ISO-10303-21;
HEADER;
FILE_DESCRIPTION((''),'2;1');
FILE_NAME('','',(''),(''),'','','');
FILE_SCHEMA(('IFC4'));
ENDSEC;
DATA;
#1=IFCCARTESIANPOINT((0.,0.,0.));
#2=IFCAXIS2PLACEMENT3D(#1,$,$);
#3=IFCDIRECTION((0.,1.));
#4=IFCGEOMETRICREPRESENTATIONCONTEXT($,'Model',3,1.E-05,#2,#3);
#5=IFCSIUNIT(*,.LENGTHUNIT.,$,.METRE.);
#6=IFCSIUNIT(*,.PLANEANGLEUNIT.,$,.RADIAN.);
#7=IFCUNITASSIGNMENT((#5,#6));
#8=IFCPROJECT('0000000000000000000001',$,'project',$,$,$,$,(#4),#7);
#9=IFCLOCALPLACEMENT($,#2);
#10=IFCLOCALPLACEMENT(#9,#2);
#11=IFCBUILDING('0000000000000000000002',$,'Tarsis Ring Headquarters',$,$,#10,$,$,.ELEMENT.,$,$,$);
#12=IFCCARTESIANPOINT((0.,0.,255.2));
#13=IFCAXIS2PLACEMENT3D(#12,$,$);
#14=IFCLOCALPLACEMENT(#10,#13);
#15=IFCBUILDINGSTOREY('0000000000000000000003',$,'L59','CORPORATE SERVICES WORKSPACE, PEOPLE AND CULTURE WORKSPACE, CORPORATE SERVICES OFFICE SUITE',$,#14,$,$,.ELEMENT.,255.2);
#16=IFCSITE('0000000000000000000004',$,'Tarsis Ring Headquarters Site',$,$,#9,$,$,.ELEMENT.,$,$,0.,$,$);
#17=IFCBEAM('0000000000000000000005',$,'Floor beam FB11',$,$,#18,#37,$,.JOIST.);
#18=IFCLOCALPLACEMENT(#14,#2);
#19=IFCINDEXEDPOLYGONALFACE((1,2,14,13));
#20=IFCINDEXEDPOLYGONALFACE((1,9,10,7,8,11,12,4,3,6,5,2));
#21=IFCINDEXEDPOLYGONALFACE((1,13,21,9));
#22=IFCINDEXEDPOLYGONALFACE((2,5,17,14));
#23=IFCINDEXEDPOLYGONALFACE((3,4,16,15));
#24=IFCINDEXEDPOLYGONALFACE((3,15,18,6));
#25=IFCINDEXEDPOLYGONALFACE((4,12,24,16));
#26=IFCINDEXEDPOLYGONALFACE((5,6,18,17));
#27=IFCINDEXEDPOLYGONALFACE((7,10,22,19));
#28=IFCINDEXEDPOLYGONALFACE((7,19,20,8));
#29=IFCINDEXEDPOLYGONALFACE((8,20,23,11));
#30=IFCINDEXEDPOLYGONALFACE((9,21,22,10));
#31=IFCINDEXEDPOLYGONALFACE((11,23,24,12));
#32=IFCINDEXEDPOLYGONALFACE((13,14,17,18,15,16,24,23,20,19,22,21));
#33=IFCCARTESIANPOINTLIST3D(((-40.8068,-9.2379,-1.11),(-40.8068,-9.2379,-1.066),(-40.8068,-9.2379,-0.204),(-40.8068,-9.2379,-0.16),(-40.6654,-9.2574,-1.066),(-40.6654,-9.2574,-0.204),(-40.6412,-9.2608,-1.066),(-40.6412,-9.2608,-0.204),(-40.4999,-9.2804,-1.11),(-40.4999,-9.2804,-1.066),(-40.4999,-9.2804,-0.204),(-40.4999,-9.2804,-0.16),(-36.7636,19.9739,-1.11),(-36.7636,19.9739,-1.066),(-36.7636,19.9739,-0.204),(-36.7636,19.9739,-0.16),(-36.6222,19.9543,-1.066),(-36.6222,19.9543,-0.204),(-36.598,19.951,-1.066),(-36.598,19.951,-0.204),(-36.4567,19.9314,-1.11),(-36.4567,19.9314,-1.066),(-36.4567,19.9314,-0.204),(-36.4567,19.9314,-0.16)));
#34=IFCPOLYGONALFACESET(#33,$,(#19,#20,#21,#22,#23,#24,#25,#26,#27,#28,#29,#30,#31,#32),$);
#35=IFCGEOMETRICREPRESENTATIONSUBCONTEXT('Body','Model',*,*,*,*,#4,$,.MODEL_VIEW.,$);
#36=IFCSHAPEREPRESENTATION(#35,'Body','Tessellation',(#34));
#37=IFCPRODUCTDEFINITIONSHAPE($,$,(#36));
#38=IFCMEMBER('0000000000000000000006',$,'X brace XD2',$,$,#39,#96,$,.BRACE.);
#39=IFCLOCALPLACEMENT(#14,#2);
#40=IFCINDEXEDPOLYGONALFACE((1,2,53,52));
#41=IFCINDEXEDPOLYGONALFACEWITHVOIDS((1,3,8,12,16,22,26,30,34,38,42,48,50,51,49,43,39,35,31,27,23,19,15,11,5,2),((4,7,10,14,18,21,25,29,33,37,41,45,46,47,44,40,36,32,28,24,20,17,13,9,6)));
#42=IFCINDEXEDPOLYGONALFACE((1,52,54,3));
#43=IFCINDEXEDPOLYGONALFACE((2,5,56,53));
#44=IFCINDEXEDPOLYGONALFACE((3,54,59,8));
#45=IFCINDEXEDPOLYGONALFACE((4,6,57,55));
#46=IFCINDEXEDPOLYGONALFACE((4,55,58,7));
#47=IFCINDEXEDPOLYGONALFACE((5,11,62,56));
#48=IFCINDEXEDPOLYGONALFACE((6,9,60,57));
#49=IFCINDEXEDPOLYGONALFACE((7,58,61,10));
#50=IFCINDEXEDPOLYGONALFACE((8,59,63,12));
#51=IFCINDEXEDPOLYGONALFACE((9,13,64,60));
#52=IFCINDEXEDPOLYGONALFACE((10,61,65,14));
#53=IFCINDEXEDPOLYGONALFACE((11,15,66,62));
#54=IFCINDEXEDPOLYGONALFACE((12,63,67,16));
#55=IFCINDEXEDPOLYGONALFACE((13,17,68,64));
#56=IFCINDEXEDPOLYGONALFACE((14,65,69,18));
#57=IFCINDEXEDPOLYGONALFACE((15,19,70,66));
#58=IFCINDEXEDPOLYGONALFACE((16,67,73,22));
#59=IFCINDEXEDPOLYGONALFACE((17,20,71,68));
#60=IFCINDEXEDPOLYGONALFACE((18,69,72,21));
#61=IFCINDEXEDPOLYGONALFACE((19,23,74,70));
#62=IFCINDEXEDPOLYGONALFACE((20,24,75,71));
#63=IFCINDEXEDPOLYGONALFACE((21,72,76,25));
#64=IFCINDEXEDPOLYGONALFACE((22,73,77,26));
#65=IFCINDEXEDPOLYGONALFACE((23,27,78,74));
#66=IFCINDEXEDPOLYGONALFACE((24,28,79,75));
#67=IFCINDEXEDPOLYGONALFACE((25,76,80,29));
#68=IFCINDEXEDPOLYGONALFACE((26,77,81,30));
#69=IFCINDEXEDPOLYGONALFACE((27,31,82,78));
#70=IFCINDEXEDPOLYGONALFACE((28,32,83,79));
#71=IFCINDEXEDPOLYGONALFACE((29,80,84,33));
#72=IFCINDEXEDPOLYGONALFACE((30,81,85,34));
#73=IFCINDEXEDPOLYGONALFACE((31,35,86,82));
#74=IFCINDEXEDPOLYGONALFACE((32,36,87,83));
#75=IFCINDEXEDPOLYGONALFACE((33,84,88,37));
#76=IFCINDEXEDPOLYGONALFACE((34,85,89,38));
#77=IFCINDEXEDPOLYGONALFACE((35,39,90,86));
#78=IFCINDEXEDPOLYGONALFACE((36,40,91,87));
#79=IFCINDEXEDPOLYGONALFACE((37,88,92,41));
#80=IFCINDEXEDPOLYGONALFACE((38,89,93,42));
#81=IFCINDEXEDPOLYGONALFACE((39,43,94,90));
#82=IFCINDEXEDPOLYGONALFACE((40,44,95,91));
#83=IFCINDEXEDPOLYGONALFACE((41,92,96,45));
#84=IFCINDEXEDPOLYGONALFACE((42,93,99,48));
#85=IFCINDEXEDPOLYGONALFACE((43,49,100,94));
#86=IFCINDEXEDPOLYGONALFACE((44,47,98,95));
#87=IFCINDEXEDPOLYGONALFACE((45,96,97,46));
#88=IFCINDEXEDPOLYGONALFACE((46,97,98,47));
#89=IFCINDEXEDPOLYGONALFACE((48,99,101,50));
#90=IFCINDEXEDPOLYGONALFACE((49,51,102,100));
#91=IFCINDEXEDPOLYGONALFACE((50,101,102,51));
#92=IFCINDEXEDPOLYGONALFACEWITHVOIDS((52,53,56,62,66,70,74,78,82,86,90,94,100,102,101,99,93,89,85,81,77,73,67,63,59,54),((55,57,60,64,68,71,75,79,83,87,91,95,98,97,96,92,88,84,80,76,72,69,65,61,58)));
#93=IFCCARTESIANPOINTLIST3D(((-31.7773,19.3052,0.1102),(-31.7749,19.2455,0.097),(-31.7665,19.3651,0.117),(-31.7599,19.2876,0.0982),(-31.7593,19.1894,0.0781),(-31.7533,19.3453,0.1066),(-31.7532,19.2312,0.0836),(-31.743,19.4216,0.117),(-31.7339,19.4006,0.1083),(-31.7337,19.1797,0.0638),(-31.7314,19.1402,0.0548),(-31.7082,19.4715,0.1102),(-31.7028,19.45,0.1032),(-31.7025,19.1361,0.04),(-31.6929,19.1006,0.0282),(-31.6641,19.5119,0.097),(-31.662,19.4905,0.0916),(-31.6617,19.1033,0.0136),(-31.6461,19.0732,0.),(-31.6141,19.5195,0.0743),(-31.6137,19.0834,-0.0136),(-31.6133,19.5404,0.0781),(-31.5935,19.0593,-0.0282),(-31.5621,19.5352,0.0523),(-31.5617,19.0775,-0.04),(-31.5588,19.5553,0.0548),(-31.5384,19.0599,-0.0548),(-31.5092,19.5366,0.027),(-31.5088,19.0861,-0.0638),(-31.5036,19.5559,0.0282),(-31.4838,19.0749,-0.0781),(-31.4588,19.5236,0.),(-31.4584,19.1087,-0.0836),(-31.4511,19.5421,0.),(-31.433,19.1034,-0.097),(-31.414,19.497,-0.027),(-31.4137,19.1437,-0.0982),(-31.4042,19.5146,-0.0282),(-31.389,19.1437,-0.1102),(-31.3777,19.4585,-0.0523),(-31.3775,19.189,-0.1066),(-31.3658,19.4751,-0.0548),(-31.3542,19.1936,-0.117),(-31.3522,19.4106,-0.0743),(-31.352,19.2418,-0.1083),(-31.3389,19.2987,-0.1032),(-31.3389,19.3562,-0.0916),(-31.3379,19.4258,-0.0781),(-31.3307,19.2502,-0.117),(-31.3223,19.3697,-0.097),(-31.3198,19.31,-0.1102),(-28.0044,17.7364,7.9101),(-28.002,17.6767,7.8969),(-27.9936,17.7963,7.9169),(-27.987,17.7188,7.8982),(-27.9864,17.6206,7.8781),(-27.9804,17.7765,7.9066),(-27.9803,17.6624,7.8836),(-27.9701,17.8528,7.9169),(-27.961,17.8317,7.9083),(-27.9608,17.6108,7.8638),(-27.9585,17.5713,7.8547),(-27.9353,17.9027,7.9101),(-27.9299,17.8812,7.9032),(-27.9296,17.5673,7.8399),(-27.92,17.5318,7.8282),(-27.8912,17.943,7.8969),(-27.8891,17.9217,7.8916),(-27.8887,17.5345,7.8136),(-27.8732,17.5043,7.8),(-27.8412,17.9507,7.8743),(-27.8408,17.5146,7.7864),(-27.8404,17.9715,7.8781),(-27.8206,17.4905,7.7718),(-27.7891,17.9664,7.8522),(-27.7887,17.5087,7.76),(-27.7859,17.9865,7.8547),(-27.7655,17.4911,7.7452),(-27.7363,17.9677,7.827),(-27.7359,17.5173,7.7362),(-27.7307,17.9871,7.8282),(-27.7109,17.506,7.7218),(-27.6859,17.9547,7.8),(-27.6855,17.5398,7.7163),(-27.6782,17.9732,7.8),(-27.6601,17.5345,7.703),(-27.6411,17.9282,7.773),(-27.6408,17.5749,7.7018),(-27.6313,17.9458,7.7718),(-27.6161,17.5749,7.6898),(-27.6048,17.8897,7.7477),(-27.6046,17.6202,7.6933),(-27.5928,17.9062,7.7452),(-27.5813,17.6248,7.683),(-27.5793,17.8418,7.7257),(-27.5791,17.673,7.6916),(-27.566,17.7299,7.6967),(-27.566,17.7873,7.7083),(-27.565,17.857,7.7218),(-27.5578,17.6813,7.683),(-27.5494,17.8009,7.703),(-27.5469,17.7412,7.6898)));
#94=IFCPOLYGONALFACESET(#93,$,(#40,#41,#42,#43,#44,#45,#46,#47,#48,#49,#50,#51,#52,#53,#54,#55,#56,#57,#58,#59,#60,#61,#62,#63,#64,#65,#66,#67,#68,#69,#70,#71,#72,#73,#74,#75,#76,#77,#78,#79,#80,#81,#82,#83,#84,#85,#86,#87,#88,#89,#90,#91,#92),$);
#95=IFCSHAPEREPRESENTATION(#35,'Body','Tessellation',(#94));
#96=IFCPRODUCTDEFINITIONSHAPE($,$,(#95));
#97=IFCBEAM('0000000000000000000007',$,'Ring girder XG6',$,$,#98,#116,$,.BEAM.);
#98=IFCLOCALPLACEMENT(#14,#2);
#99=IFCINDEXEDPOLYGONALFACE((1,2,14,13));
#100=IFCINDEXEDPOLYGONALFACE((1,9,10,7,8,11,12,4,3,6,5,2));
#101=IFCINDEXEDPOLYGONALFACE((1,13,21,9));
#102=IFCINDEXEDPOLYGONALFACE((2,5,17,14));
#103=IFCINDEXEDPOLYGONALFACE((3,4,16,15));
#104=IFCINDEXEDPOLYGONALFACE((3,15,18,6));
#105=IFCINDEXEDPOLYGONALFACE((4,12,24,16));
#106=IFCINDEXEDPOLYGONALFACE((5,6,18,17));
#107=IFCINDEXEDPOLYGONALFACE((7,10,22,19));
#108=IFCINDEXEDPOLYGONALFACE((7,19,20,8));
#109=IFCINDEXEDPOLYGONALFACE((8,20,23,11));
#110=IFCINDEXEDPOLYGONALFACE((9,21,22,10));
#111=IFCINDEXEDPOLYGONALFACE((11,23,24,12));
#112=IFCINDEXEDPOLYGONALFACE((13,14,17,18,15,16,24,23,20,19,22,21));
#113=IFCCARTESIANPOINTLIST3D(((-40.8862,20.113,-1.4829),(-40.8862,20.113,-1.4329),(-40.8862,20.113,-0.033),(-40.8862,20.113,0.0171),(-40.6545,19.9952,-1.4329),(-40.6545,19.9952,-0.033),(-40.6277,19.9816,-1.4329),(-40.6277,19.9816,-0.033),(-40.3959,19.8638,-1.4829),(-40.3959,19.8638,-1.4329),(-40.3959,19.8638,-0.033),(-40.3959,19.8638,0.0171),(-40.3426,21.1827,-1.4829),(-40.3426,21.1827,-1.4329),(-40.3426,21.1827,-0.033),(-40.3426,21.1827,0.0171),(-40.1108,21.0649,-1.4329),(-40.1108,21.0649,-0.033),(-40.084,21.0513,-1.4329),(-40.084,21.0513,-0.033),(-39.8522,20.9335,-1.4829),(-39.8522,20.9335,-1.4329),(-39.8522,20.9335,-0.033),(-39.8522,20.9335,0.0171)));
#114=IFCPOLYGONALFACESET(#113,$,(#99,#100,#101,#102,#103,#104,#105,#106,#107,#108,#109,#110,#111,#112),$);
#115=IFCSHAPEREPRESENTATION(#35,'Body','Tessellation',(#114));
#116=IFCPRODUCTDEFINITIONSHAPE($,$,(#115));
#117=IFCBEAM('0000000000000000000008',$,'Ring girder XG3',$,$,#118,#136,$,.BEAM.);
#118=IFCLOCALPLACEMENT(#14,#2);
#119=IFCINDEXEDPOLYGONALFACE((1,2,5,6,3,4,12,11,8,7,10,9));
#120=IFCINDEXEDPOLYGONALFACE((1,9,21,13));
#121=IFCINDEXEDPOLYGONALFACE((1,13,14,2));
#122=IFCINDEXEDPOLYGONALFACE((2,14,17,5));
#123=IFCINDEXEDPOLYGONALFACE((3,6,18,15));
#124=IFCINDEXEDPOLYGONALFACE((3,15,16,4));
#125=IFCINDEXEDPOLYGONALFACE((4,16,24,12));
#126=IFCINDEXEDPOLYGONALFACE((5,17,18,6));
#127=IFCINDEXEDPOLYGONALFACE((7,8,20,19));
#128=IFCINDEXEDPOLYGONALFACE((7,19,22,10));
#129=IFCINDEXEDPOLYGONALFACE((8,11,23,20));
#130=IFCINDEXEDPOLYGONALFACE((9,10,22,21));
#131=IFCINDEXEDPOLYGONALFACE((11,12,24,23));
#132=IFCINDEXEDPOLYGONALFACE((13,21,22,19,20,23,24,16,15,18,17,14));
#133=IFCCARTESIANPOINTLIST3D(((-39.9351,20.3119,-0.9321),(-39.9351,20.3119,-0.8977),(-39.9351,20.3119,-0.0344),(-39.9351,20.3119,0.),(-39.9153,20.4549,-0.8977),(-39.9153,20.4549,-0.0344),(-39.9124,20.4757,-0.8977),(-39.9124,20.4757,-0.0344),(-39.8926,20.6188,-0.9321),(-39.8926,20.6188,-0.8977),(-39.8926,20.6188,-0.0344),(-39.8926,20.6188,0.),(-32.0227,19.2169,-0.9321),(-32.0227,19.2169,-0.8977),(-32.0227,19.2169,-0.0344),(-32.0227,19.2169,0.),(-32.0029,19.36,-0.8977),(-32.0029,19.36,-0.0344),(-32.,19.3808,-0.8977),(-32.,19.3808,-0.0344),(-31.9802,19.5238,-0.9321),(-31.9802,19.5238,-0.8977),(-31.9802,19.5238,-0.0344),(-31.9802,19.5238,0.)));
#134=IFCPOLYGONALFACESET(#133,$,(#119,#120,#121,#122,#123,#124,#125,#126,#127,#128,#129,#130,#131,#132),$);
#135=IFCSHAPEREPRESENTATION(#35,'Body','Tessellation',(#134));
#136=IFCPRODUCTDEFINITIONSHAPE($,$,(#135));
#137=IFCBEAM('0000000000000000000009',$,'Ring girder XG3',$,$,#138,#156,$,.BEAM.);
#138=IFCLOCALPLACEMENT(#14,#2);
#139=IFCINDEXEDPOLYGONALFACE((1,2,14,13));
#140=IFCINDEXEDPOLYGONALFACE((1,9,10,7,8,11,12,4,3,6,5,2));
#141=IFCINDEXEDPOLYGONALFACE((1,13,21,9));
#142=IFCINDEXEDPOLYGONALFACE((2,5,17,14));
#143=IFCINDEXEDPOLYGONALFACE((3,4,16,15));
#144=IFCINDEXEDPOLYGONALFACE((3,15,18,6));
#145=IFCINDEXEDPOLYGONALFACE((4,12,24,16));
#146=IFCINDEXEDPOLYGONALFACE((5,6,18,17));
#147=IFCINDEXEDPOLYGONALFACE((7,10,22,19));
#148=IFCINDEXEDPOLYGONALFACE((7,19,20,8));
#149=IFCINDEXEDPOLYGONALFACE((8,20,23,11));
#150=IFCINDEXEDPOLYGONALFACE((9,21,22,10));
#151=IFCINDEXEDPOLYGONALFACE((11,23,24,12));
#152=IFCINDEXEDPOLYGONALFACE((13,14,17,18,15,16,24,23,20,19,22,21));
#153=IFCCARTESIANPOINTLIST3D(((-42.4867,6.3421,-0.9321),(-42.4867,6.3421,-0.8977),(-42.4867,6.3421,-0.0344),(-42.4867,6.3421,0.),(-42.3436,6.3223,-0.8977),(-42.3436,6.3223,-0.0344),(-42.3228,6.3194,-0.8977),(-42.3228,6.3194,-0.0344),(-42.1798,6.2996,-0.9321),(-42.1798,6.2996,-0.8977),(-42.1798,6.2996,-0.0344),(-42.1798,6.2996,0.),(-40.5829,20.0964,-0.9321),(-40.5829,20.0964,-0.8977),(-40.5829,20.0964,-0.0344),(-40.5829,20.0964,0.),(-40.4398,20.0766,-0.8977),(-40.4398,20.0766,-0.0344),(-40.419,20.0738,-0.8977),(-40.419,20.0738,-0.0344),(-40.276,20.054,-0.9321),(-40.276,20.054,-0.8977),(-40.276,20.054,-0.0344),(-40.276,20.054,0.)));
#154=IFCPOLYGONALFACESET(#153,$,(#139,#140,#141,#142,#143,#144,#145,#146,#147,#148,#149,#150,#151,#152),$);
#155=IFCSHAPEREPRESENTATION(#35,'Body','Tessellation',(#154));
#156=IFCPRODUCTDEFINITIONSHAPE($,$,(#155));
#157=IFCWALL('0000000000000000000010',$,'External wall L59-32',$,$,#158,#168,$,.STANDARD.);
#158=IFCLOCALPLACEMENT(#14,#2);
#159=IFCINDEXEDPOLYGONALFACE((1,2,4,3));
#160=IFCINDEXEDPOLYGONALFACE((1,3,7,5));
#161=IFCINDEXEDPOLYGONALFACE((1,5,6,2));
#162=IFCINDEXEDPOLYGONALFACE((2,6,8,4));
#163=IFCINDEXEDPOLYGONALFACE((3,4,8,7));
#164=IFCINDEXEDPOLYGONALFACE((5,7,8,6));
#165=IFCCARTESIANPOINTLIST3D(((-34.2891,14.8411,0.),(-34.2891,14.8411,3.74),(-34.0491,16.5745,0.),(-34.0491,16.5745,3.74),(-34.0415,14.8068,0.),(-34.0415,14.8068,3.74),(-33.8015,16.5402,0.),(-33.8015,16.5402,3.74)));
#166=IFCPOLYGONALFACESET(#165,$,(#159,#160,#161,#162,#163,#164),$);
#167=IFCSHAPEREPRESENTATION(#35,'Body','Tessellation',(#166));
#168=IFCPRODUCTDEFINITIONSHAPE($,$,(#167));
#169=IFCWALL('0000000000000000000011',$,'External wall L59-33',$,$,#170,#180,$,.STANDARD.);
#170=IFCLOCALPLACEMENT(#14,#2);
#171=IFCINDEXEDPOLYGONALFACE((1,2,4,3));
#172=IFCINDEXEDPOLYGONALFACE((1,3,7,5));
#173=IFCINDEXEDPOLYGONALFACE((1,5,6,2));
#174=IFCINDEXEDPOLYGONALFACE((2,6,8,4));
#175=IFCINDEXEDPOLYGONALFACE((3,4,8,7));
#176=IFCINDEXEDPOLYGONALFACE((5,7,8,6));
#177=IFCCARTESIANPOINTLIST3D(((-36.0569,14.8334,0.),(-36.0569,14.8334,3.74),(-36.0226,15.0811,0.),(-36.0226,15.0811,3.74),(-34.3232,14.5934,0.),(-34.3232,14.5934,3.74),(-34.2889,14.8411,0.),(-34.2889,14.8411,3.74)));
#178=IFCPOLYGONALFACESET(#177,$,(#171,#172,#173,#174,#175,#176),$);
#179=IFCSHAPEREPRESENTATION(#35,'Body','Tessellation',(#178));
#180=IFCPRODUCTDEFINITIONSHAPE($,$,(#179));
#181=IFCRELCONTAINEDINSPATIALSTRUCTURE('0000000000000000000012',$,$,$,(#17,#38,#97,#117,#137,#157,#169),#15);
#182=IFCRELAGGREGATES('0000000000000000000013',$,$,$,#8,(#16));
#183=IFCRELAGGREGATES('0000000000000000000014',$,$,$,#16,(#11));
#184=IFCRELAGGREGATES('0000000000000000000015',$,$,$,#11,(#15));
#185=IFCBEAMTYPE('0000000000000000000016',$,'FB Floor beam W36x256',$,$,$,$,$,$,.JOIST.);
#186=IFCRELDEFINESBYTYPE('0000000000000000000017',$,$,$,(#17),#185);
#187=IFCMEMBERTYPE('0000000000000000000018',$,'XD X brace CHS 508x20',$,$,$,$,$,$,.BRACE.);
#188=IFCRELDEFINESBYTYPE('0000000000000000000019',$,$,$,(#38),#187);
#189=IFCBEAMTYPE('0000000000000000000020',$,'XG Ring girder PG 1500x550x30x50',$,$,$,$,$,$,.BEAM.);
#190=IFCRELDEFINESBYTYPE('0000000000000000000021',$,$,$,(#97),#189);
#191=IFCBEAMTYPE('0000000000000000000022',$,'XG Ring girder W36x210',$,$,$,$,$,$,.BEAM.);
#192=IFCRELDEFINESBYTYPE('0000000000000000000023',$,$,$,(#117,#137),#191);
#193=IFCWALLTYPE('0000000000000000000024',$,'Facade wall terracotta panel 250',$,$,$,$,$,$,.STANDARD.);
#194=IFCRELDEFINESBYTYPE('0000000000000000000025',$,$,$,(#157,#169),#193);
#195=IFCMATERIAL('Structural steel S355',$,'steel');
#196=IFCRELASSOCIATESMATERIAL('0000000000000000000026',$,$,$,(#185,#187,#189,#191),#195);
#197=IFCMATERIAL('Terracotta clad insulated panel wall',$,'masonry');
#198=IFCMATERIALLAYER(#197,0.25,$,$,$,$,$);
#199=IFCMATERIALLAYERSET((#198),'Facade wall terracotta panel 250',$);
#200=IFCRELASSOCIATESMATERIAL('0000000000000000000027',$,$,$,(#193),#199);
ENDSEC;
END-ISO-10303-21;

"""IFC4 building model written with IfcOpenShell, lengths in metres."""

from ifc_helpers import new_model, si_unit, direction, frame, frame_2d, origin, origin_2d, place, context, subcontext, project, spatial, rectangle, hollow_circle, i_section, extrude, material, layer, layer_set, material_profile, profile_set, type_object, element, save


model = new_model("IFC4")

# Units and contexts
model_context = context("Model", 3, precision=1e-05, world=origin(), true_north=direction((0.0, 1.0)))
body_context = subcontext(model_context, "Body", "Model", "MODEL_VIEW")
ifc_project = project(units=[si_unit("LENGTHUNIT", "METRE"), si_unit("PLANEANGLEUNIT", "RADIAN")], contexts=[model_context])

# Site, building, storey
site_placement = place(None, origin())
site = spatial("IfcSite", under=ifc_project, at=site_placement, Name="Tarsis Ring Headquarters Site", CompositionType="ELEMENT", RefElevation=0.0)
building_placement = place(site_placement, origin())
building = spatial("IfcBuilding", under=site, at=building_placement, Name="Tarsis Ring Headquarters", CompositionType="ELEMENT")
storey_placement = place(building_placement, frame((0.0, 0.0, 255.2)))
storey = spatial("IfcBuildingStorey", under=building, at=storey_placement, Name="L59", Description="CORPORATE SERVICES WORKSPACE, PEOPLE AND CULTURE WORKSPACE, CORPORATE SERVICES OFFICE SUITE", CompositionType="ELEMENT", Elevation=255.2)

# Shared definitions
ifc_material_1 = material(Name="Structural steel S355", Category="steel")

# Beam
ifc_material_profile_1 = material_profile(ifc_material_1, i_section(OverallWidth=0.3098, OverallDepth=0.95, WebThickness=0.0244, FlangeThickness=0.0439, at=origin_2d()), Name="W36x256")
ifc_profile_set_1 = profile_set([ifc_material_profile_1], Name="Structural steel S355")
beam_type_1 = type_object("IfcBeamType", Name="FB Floor beam W36x256", PredefinedType="JOIST", material=ifc_profile_set_1)
for number, where, z_axis, x_axis, name in (
    (1, (-36.6101, 19.9526, -0.635), (-0.137104, -0.990557, 0.0), (0.990557, -0.137104, 0.0), "Floor beam FB11"),
):
    element("IfcBeam", number, at=place(storey_placement, frame(where, z_axis=z_axis, x_axis=x_axis)), inside=storey, type_object=beam_type_1, Name=name, PredefinedType="JOIST", context=body_context, shape_type="SweptSolid", body=[
        extrude(i_section(OverallWidth=0.3098, OverallDepth=0.95, WebThickness=0.0244, FlangeThickness=0.0439, at=origin_2d()), origin(), (0.0, 0.0, 1.0), 29.4902),
    ])

# Member
ifc_material_profile_2 = material_profile(ifc_material_1, hollow_circle(Radius=0.2539, WallThickness=0.02, at=origin_2d()), Name="CHS 508x20")
ifc_profile_set_2 = profile_set([ifc_material_profile_2], Name="Structural steel S355")
member_type = type_object("IfcMemberType", Name="XD X brace CHS 508x20", PredefinedType="BRACE", material=ifc_profile_set_2)
member_placement = place(storey_placement, frame((-31.5486, 19.3076, 0.0), z_axis=(0.428475, -0.178166, 0.885813), x_axis=(0.383945, 0.923356, 0.0)))
element("IfcMember", 2, at=member_placement, inside=storey, type_object=member_type, Name="X brace XD2", PredefinedType="BRACE", context=body_context, shape_type="SweptSolid", body=[
    extrude(hollow_circle(Radius=0.2539, WallThickness=0.02, at=origin_2d()), origin(), (0.0, 0.0, 1.0), 8.8054),
])

# Beams
ifc_material_profile_3 = material_profile(ifc_material_1, i_section(OverallWidth=0.55, OverallDepth=1.5, WebThickness=0.03, FlangeThickness=0.05, at=origin_2d()), Name="PG 1500x550x30x50")
ifc_profile_set_3 = profile_set([ifc_material_profile_3], Name="Structural steel S355")
beam_type_2 = type_object("IfcBeamType", Name="XG Ring girder PG 1500x550x30x50", PredefinedType="BEAM", material=ifc_profile_set_3)
beam_1_placement = place(storey_placement, frame((-40.0974, 21.0581, -0.7329), z_axis=(-0.453063, -0.891478, 0.0), x_axis=(0.891478, -0.453063, 0.0)))
element("IfcBeam", 3, at=beam_1_placement, inside=storey, type_object=beam_type_2, Name="Ring girder XG6", PredefinedType="BEAM", context=body_context, shape_type="SweptSolid", body=[
    extrude(i_section(OverallWidth=0.55, OverallDepth=1.5, WebThickness=0.03, FlangeThickness=0.05, at=origin_2d()), origin(), (0.0, 0.0, 1.0), 1.2),
])
ifc_material_profile_4 = material_profile(ifc_material_1, i_section(OverallWidth=0.3098, OverallDepth=0.9321, WebThickness=0.021, FlangeThickness=0.0344, at=origin_2d()), Name="W36x210")
ifc_profile_set_4 = profile_set([ifc_material_profile_4], Name="Structural steel S355")
beam_type_3 = type_object("IfcBeamType", Name="XG Ring girder W36x210", PredefinedType="BEAM", material=ifc_profile_set_4)
beam_2_placement = place(storey_placement, frame((-32.0015, 19.3704, -0.4661), z_axis=(-0.99056, 0.137081, 0.0), x_axis=(-0.137081, -0.99056, 0.0)))
element("IfcBeam", 4, at=beam_2_placement, inside=storey, type_object=beam_type_3, Name="Ring girder XG3", PredefinedType="BEAM", context=body_context, shape_type="SweptSolid", body=[
    extrude(i_section(OverallWidth=0.3098, OverallDepth=0.9321, WebThickness=0.021, FlangeThickness=0.0344, at=origin_2d()), origin(), (0.0, 0.0, 1.0), 7.9878),
])
beam_3_placement = place(storey_placement, frame((-40.4294, 20.0752, -0.4661), z_axis=(-0.137107, -0.990556, 0.0), x_axis=(0.990556, -0.137107, 0.0)))
element("IfcBeam", 5, at=beam_3_placement, inside=storey, type_object=beam_type_3, Name="Ring girder XG3", PredefinedType="BEAM", context=body_context, shape_type="SweptSolid", body=[
    extrude(i_section(OverallWidth=0.3098, OverallDepth=0.9321, WebThickness=0.021, FlangeThickness=0.0344, at=origin_2d()), origin(), (0.0, 0.0, 1.0), 13.8855),
])

# Walls
ifc_material_2 = material(Name="Terracotta clad insulated panel wall", Category="masonry")
ifc_layer = layer(ifc_material_2, 0.25)
ifc_layer_set = layer_set([ifc_layer], Name="Facade wall terracotta panel 250")
wall_type = type_object("IfcWallType", Name="Facade wall terracotta panel 250", PredefinedType="STANDARD", material=ifc_layer_set)
wall_1_placement = place(storey_placement, frame((-33.9253, 16.5574, 0.0), z_axis=(0.0, 0.0, 1.0), x_axis=(-0.137143, -0.990551, 0.0)))
element("IfcWall", 6, at=wall_1_placement, inside=storey, type_object=wall_type, Name="External wall L59-32", PredefinedType="STANDARD", context=body_context, shape_type="SweptSolid", body=[
    extrude(rectangle(XDim=1.75, YDim=0.25, at=frame_2d((0.875, 0.0))), origin(), (0.0, 0.0, 1.0), 3.74),
])
wall_2_placement = place(storey_placement, frame((-34.3062, 14.7173, 0.0), z_axis=(0.0, 0.0, 1.0), x_axis=(-0.990554, 0.137124, 0.0)))
element("IfcWall", 7, at=wall_2_placement, inside=storey, type_object=wall_type, Name="External wall L59-33", PredefinedType="STANDARD", context=body_context, shape_type="SweptSolid", body=[
    extrude(rectangle(XDim=1.7502, YDim=0.25, at=frame_2d((0.875, 0.0))), origin(), (0.0, 0.0, 1.0), 3.74),
])

save(model, "model.ifc")
